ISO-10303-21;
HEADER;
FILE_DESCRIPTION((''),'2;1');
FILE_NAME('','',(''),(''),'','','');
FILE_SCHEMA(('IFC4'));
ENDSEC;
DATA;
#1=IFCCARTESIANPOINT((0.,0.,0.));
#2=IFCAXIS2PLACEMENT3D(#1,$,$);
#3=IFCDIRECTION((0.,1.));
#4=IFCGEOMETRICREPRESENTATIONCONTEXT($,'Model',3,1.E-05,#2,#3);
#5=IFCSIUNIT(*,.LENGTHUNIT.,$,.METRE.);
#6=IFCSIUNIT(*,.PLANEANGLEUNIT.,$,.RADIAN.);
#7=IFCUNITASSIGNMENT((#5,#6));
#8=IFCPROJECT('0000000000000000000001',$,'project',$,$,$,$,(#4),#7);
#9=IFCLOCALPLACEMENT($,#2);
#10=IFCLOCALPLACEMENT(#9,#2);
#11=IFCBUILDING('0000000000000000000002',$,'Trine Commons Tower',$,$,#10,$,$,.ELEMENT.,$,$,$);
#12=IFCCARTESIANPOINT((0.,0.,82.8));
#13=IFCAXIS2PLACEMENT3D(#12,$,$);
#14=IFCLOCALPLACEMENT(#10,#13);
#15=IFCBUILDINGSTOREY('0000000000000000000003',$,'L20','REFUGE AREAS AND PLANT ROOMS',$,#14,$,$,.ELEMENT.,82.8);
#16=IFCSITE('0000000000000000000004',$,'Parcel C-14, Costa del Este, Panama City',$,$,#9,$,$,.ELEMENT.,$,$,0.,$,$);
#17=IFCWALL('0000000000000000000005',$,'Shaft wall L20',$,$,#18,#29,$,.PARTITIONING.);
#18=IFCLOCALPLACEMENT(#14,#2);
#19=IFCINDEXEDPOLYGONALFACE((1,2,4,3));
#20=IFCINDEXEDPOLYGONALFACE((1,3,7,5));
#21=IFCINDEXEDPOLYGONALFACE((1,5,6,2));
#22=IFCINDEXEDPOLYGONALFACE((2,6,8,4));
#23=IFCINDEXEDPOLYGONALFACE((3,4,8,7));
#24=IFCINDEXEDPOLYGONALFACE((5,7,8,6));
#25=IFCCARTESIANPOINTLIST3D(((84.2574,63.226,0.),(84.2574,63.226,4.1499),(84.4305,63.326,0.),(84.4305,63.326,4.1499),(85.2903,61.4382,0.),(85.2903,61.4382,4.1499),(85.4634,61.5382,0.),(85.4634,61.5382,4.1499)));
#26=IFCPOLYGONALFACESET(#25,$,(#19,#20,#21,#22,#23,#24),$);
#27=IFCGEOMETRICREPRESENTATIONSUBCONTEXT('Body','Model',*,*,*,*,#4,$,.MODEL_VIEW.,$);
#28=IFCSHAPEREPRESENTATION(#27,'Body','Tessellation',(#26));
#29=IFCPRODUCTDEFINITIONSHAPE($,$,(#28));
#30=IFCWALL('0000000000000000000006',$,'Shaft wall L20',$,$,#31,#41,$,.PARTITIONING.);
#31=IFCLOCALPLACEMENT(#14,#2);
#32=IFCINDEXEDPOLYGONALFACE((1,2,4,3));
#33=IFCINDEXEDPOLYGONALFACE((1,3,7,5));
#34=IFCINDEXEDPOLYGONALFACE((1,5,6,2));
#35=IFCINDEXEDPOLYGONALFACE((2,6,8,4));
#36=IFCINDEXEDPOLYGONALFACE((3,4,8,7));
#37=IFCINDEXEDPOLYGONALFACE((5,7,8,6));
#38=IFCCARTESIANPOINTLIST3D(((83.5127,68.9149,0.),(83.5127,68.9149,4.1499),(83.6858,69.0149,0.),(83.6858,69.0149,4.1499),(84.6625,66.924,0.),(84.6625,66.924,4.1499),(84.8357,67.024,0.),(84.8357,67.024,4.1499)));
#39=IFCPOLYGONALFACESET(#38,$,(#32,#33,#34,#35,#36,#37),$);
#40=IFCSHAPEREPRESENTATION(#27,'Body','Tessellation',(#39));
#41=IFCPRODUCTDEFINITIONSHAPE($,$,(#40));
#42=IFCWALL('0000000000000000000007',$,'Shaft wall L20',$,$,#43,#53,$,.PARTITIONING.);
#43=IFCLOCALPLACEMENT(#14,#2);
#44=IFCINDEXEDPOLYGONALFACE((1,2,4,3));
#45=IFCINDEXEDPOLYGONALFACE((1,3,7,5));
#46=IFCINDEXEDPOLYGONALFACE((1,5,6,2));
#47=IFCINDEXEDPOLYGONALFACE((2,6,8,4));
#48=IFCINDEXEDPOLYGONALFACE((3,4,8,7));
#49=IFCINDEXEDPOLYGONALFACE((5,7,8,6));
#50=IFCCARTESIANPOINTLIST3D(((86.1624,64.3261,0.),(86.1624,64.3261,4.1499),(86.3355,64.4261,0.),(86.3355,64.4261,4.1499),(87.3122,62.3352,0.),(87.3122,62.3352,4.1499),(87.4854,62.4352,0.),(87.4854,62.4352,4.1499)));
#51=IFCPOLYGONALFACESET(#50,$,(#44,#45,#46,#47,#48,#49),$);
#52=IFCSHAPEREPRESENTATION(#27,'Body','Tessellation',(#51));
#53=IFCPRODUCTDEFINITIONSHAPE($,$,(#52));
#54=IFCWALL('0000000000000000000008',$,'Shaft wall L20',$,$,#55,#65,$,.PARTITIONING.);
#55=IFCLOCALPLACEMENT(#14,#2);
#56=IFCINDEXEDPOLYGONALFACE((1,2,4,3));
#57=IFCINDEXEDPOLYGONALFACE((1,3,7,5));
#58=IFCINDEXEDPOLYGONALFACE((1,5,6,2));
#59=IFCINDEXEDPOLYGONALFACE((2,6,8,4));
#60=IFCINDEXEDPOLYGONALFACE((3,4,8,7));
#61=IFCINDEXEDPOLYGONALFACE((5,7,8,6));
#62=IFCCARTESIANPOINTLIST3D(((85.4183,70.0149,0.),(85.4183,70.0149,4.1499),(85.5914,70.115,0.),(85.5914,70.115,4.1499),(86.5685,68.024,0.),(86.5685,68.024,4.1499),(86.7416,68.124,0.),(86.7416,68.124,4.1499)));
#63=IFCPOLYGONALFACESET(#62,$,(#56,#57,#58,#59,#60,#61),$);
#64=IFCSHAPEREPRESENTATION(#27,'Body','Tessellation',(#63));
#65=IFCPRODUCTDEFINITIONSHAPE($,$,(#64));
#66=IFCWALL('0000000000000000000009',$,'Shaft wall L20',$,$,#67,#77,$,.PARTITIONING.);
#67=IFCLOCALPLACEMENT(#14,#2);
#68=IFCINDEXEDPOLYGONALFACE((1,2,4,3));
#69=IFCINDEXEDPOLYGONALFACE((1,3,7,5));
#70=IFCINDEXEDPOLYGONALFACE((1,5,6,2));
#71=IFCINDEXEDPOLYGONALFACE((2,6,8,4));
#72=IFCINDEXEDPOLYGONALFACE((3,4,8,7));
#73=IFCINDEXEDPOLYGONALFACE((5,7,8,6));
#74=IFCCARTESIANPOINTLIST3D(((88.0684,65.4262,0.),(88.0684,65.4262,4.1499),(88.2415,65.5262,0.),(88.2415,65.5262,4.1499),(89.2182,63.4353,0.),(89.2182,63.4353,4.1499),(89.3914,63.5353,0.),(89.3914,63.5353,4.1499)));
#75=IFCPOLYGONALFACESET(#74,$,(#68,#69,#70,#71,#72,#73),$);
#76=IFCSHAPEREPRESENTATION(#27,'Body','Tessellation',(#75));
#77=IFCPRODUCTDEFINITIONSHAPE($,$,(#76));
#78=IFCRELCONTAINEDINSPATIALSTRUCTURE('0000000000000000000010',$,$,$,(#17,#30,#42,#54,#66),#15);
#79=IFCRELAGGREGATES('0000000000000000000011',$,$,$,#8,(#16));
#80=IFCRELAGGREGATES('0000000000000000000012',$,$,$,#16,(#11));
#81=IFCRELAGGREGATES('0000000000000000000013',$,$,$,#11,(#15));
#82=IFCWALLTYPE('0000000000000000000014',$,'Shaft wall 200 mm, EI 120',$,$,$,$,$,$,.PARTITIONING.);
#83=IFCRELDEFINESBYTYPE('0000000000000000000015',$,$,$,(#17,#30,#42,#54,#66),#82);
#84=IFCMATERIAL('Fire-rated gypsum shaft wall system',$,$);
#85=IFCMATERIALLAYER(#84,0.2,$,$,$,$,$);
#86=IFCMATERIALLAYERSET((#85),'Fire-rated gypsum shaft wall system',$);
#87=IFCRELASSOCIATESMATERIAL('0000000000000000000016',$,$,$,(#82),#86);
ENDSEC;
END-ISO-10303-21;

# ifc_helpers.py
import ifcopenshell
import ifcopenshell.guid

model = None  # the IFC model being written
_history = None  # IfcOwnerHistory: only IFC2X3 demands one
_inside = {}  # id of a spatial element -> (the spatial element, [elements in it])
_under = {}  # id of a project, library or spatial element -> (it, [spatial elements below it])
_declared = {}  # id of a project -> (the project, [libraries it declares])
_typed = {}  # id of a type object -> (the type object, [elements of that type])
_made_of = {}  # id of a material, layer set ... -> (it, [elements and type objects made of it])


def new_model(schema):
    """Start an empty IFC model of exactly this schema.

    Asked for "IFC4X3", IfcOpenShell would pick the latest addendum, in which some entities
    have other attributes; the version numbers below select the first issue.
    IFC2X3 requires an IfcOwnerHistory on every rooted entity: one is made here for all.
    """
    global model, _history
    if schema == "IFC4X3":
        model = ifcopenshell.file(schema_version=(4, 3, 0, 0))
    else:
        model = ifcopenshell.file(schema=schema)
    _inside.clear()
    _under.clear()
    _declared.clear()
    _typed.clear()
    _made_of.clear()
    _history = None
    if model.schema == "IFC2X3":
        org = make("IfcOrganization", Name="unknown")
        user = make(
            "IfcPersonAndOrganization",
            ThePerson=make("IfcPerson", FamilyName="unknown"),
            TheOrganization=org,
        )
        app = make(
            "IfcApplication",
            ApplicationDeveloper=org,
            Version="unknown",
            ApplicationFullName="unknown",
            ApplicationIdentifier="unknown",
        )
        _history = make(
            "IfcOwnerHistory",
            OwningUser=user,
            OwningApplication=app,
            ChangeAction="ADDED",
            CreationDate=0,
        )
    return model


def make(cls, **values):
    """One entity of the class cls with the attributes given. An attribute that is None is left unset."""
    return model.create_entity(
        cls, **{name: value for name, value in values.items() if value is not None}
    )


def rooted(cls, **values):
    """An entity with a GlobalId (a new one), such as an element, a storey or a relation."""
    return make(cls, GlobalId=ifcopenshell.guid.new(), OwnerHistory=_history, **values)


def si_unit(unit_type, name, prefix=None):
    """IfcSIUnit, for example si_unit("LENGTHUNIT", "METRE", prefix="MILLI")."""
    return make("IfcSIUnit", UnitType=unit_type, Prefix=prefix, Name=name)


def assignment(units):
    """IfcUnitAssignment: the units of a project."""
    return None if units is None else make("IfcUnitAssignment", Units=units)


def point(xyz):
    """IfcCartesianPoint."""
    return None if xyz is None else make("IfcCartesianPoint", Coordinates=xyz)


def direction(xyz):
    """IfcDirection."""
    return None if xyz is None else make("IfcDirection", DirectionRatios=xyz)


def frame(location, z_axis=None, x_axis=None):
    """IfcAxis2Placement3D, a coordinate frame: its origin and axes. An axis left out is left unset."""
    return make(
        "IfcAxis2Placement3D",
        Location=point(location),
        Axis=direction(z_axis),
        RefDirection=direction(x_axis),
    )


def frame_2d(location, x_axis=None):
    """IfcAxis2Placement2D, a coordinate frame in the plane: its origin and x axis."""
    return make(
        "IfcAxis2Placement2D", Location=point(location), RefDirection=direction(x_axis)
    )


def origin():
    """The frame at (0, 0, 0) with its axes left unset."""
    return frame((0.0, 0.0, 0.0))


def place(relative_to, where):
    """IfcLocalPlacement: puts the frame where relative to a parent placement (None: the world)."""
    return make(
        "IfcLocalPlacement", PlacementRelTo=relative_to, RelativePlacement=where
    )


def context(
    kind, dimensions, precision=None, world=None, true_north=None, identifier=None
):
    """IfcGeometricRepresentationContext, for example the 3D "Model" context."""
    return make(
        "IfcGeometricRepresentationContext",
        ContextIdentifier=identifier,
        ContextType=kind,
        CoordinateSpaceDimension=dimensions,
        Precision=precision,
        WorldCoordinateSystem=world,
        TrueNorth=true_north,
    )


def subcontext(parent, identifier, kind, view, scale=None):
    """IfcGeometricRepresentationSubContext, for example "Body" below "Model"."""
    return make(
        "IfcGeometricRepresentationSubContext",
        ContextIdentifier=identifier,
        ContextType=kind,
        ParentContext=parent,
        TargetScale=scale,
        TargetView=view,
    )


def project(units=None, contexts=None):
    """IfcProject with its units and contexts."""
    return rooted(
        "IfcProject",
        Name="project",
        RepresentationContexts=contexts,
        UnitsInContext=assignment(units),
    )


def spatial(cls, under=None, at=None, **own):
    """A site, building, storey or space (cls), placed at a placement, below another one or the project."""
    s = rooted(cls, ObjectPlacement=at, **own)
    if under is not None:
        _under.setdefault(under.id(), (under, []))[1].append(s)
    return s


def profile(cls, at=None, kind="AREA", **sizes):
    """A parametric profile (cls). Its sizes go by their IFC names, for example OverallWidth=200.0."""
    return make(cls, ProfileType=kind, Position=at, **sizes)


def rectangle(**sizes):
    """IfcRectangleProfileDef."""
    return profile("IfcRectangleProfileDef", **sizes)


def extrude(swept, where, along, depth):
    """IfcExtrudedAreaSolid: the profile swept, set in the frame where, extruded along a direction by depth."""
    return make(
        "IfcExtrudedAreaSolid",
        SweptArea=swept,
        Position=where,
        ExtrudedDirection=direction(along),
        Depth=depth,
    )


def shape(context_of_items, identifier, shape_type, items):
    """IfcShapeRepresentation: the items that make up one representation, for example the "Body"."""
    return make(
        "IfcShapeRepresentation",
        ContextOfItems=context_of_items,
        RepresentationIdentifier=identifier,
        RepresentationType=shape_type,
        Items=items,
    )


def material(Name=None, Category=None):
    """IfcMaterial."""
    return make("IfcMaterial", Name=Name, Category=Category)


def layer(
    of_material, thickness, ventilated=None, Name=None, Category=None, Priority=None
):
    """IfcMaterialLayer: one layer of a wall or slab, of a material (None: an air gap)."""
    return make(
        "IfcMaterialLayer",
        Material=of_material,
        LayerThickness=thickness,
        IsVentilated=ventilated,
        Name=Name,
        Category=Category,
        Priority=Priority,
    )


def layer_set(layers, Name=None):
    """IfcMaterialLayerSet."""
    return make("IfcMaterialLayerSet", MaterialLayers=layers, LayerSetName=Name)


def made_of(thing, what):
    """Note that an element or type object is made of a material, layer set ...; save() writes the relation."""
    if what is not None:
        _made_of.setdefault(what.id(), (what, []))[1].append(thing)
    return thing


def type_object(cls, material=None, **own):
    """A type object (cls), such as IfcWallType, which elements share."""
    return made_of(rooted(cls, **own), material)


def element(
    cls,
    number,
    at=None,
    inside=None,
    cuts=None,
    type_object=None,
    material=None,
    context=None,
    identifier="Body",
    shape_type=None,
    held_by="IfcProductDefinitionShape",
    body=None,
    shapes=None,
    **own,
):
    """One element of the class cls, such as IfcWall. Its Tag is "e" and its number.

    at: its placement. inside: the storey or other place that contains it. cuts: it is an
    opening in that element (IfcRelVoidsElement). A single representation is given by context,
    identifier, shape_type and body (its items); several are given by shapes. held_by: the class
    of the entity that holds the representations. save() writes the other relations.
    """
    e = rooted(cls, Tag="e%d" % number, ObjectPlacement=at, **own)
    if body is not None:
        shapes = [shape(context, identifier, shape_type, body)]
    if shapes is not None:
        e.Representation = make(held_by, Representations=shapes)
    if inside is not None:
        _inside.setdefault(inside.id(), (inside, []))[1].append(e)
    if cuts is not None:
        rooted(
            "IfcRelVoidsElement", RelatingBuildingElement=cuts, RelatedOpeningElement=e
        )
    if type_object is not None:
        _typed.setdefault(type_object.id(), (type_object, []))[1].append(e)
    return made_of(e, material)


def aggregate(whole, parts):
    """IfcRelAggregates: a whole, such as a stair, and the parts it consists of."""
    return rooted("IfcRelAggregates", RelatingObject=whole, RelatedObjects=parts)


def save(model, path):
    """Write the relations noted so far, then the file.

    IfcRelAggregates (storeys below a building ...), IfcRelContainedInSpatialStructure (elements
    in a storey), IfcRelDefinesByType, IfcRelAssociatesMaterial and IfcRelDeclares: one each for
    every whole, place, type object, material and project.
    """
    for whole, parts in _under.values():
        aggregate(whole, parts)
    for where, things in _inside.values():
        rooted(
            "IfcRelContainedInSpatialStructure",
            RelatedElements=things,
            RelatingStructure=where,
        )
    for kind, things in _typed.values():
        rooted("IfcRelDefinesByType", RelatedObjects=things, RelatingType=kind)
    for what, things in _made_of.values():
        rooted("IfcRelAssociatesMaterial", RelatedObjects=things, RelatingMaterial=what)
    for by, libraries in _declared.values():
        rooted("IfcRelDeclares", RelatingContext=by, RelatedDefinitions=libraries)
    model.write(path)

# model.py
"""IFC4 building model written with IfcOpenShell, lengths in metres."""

from ifc_helpers import new_model, si_unit, direction, frame, frame_2d, origin, place, context, subcontext, project, spatial, rectangle, extrude, material, layer, layer_set, type_object, element, save


model = new_model("IFC4")

# Units and contexts
model_context = context("Model", 3, precision=1e-05, world=origin(), true_north=direction((0.0, 1.0)))
body_context = subcontext(model_context, "Body", "Model", "MODEL_VIEW")
ifc_project = project(units=[si_unit("LENGTHUNIT", "METRE"), si_unit("PLANEANGLEUNIT", "RADIAN")], contexts=[model_context])

# Site, building, storey
site_placement = place(None, origin())
site = spatial("IfcSite", under=ifc_project, at=site_placement, Name="Parcel C-14, Costa del Este, Panama City", CompositionType="ELEMENT", RefElevation=0.0)
building_placement = place(site_placement, origin())
building = spatial("IfcBuilding", under=site, at=building_placement, Name="Trine Commons Tower", CompositionType="ELEMENT")
storey_placement = place(building_placement, frame((0.0, 0.0, 82.8)))
storey = spatial("IfcBuildingStorey", under=building, at=storey_placement, Name="L20", Description="REFUGE AREAS AND PLANT ROOMS", CompositionType="ELEMENT", Elevation=82.8)

# Shared definitions
ifc_material_1 = material(Name="Fire-rated gypsum shaft wall system")

# Walls
ifc_layer_1 = layer(ifc_material_1, 0.2)
ifc_layer_set_1 = layer_set([ifc_layer_1], Name="Fire-rated gypsum shaft wall system")
wall_type_1 = type_object("IfcWallType", Name="Shaft wall 200 mm, EI 120", PredefinedType="PARTITIONING", material=ifc_layer_set_1)
wall_1_placement = place(storey_placement, frame((84.344, 63.2759, 0.0), z_axis=(0.0, 0.0, 1.0), x_axis=(0.500272, -0.865868, 0.0)))
element("IfcWall", 1, at=wall_1_placement, inside=storey, type_object=wall_type_1, Name="Shaft wall L20", PredefinedType="PARTITIONING", context=body_context, shape_type="SweptSolid", body=[
    extrude(rectangle(XDim=2.0647, YDim=0.2, at=frame_2d((1.0322, 0.0))), origin(), (0.0, 0.0, 1.0), 4.1499),
])
for number, where, z_axis, x_axis, name in (
    (2, (84.749, 66.9741, 0.0), (0.0, 0.0, 1.0), (-0.500136, 0.865947, 0.0), "Shaft wall L20"),
    (3, (86.249, 64.376, 0.0), (0.0, 0.0, 1.0), (0.500136, -0.865947, 0.0), "Shaft wall L20"),
):
    element("IfcWall", number, at=place(storey_placement, frame(where, z_axis=z_axis, x_axis=x_axis)), inside=storey, type_object=wall_type_1, Name=name, PredefinedType="PARTITIONING", context=body_context, shape_type="SweptSolid", body=[
        extrude(rectangle(XDim=2.2991, YDim=0.2, at=frame_2d((1.1494, 0.0))), origin(), (0.0, 0.0, 1.0), 4.1499),
    ])
wall_2_placement = place(storey_placement, frame((86.655, 68.074, 0.0), z_axis=(0.0, 0.0, 1.0), x_axis=(-0.500216, 0.865901, 0.0)))
element("IfcWall", 4, at=wall_2_placement, inside=storey, type_object=wall_type_1, Name="Shaft wall L20", PredefinedType="PARTITIONING", context=body_context, shape_type="SweptSolid", body=[
    extrude(rectangle(XDim=2.2993, YDim=0.2, at=frame_2d((1.1497, 0.0))), origin(), (0.0, 0.0, 1.0), 4.1499),
])
wall_3_placement = place(storey_placement, frame((88.155, 65.4761, 0.0), z_axis=(0.0, 0.0, 1.0), x_axis=(0.500136, -0.865947, 0.0)))
element("IfcWall", 5, at=wall_3_placement, inside=storey, type_object=wall_type_1, Name="Shaft wall L20", PredefinedType="PARTITIONING", context=body_context, shape_type="SweptSolid", body=[
    extrude(rectangle(XDim=2.2991, YDim=0.2, at=frame_2d((1.1494, 0.0))), origin(), (0.0, 0.0, 1.0), 4.1499),
])

save(model, "model.ifc")
